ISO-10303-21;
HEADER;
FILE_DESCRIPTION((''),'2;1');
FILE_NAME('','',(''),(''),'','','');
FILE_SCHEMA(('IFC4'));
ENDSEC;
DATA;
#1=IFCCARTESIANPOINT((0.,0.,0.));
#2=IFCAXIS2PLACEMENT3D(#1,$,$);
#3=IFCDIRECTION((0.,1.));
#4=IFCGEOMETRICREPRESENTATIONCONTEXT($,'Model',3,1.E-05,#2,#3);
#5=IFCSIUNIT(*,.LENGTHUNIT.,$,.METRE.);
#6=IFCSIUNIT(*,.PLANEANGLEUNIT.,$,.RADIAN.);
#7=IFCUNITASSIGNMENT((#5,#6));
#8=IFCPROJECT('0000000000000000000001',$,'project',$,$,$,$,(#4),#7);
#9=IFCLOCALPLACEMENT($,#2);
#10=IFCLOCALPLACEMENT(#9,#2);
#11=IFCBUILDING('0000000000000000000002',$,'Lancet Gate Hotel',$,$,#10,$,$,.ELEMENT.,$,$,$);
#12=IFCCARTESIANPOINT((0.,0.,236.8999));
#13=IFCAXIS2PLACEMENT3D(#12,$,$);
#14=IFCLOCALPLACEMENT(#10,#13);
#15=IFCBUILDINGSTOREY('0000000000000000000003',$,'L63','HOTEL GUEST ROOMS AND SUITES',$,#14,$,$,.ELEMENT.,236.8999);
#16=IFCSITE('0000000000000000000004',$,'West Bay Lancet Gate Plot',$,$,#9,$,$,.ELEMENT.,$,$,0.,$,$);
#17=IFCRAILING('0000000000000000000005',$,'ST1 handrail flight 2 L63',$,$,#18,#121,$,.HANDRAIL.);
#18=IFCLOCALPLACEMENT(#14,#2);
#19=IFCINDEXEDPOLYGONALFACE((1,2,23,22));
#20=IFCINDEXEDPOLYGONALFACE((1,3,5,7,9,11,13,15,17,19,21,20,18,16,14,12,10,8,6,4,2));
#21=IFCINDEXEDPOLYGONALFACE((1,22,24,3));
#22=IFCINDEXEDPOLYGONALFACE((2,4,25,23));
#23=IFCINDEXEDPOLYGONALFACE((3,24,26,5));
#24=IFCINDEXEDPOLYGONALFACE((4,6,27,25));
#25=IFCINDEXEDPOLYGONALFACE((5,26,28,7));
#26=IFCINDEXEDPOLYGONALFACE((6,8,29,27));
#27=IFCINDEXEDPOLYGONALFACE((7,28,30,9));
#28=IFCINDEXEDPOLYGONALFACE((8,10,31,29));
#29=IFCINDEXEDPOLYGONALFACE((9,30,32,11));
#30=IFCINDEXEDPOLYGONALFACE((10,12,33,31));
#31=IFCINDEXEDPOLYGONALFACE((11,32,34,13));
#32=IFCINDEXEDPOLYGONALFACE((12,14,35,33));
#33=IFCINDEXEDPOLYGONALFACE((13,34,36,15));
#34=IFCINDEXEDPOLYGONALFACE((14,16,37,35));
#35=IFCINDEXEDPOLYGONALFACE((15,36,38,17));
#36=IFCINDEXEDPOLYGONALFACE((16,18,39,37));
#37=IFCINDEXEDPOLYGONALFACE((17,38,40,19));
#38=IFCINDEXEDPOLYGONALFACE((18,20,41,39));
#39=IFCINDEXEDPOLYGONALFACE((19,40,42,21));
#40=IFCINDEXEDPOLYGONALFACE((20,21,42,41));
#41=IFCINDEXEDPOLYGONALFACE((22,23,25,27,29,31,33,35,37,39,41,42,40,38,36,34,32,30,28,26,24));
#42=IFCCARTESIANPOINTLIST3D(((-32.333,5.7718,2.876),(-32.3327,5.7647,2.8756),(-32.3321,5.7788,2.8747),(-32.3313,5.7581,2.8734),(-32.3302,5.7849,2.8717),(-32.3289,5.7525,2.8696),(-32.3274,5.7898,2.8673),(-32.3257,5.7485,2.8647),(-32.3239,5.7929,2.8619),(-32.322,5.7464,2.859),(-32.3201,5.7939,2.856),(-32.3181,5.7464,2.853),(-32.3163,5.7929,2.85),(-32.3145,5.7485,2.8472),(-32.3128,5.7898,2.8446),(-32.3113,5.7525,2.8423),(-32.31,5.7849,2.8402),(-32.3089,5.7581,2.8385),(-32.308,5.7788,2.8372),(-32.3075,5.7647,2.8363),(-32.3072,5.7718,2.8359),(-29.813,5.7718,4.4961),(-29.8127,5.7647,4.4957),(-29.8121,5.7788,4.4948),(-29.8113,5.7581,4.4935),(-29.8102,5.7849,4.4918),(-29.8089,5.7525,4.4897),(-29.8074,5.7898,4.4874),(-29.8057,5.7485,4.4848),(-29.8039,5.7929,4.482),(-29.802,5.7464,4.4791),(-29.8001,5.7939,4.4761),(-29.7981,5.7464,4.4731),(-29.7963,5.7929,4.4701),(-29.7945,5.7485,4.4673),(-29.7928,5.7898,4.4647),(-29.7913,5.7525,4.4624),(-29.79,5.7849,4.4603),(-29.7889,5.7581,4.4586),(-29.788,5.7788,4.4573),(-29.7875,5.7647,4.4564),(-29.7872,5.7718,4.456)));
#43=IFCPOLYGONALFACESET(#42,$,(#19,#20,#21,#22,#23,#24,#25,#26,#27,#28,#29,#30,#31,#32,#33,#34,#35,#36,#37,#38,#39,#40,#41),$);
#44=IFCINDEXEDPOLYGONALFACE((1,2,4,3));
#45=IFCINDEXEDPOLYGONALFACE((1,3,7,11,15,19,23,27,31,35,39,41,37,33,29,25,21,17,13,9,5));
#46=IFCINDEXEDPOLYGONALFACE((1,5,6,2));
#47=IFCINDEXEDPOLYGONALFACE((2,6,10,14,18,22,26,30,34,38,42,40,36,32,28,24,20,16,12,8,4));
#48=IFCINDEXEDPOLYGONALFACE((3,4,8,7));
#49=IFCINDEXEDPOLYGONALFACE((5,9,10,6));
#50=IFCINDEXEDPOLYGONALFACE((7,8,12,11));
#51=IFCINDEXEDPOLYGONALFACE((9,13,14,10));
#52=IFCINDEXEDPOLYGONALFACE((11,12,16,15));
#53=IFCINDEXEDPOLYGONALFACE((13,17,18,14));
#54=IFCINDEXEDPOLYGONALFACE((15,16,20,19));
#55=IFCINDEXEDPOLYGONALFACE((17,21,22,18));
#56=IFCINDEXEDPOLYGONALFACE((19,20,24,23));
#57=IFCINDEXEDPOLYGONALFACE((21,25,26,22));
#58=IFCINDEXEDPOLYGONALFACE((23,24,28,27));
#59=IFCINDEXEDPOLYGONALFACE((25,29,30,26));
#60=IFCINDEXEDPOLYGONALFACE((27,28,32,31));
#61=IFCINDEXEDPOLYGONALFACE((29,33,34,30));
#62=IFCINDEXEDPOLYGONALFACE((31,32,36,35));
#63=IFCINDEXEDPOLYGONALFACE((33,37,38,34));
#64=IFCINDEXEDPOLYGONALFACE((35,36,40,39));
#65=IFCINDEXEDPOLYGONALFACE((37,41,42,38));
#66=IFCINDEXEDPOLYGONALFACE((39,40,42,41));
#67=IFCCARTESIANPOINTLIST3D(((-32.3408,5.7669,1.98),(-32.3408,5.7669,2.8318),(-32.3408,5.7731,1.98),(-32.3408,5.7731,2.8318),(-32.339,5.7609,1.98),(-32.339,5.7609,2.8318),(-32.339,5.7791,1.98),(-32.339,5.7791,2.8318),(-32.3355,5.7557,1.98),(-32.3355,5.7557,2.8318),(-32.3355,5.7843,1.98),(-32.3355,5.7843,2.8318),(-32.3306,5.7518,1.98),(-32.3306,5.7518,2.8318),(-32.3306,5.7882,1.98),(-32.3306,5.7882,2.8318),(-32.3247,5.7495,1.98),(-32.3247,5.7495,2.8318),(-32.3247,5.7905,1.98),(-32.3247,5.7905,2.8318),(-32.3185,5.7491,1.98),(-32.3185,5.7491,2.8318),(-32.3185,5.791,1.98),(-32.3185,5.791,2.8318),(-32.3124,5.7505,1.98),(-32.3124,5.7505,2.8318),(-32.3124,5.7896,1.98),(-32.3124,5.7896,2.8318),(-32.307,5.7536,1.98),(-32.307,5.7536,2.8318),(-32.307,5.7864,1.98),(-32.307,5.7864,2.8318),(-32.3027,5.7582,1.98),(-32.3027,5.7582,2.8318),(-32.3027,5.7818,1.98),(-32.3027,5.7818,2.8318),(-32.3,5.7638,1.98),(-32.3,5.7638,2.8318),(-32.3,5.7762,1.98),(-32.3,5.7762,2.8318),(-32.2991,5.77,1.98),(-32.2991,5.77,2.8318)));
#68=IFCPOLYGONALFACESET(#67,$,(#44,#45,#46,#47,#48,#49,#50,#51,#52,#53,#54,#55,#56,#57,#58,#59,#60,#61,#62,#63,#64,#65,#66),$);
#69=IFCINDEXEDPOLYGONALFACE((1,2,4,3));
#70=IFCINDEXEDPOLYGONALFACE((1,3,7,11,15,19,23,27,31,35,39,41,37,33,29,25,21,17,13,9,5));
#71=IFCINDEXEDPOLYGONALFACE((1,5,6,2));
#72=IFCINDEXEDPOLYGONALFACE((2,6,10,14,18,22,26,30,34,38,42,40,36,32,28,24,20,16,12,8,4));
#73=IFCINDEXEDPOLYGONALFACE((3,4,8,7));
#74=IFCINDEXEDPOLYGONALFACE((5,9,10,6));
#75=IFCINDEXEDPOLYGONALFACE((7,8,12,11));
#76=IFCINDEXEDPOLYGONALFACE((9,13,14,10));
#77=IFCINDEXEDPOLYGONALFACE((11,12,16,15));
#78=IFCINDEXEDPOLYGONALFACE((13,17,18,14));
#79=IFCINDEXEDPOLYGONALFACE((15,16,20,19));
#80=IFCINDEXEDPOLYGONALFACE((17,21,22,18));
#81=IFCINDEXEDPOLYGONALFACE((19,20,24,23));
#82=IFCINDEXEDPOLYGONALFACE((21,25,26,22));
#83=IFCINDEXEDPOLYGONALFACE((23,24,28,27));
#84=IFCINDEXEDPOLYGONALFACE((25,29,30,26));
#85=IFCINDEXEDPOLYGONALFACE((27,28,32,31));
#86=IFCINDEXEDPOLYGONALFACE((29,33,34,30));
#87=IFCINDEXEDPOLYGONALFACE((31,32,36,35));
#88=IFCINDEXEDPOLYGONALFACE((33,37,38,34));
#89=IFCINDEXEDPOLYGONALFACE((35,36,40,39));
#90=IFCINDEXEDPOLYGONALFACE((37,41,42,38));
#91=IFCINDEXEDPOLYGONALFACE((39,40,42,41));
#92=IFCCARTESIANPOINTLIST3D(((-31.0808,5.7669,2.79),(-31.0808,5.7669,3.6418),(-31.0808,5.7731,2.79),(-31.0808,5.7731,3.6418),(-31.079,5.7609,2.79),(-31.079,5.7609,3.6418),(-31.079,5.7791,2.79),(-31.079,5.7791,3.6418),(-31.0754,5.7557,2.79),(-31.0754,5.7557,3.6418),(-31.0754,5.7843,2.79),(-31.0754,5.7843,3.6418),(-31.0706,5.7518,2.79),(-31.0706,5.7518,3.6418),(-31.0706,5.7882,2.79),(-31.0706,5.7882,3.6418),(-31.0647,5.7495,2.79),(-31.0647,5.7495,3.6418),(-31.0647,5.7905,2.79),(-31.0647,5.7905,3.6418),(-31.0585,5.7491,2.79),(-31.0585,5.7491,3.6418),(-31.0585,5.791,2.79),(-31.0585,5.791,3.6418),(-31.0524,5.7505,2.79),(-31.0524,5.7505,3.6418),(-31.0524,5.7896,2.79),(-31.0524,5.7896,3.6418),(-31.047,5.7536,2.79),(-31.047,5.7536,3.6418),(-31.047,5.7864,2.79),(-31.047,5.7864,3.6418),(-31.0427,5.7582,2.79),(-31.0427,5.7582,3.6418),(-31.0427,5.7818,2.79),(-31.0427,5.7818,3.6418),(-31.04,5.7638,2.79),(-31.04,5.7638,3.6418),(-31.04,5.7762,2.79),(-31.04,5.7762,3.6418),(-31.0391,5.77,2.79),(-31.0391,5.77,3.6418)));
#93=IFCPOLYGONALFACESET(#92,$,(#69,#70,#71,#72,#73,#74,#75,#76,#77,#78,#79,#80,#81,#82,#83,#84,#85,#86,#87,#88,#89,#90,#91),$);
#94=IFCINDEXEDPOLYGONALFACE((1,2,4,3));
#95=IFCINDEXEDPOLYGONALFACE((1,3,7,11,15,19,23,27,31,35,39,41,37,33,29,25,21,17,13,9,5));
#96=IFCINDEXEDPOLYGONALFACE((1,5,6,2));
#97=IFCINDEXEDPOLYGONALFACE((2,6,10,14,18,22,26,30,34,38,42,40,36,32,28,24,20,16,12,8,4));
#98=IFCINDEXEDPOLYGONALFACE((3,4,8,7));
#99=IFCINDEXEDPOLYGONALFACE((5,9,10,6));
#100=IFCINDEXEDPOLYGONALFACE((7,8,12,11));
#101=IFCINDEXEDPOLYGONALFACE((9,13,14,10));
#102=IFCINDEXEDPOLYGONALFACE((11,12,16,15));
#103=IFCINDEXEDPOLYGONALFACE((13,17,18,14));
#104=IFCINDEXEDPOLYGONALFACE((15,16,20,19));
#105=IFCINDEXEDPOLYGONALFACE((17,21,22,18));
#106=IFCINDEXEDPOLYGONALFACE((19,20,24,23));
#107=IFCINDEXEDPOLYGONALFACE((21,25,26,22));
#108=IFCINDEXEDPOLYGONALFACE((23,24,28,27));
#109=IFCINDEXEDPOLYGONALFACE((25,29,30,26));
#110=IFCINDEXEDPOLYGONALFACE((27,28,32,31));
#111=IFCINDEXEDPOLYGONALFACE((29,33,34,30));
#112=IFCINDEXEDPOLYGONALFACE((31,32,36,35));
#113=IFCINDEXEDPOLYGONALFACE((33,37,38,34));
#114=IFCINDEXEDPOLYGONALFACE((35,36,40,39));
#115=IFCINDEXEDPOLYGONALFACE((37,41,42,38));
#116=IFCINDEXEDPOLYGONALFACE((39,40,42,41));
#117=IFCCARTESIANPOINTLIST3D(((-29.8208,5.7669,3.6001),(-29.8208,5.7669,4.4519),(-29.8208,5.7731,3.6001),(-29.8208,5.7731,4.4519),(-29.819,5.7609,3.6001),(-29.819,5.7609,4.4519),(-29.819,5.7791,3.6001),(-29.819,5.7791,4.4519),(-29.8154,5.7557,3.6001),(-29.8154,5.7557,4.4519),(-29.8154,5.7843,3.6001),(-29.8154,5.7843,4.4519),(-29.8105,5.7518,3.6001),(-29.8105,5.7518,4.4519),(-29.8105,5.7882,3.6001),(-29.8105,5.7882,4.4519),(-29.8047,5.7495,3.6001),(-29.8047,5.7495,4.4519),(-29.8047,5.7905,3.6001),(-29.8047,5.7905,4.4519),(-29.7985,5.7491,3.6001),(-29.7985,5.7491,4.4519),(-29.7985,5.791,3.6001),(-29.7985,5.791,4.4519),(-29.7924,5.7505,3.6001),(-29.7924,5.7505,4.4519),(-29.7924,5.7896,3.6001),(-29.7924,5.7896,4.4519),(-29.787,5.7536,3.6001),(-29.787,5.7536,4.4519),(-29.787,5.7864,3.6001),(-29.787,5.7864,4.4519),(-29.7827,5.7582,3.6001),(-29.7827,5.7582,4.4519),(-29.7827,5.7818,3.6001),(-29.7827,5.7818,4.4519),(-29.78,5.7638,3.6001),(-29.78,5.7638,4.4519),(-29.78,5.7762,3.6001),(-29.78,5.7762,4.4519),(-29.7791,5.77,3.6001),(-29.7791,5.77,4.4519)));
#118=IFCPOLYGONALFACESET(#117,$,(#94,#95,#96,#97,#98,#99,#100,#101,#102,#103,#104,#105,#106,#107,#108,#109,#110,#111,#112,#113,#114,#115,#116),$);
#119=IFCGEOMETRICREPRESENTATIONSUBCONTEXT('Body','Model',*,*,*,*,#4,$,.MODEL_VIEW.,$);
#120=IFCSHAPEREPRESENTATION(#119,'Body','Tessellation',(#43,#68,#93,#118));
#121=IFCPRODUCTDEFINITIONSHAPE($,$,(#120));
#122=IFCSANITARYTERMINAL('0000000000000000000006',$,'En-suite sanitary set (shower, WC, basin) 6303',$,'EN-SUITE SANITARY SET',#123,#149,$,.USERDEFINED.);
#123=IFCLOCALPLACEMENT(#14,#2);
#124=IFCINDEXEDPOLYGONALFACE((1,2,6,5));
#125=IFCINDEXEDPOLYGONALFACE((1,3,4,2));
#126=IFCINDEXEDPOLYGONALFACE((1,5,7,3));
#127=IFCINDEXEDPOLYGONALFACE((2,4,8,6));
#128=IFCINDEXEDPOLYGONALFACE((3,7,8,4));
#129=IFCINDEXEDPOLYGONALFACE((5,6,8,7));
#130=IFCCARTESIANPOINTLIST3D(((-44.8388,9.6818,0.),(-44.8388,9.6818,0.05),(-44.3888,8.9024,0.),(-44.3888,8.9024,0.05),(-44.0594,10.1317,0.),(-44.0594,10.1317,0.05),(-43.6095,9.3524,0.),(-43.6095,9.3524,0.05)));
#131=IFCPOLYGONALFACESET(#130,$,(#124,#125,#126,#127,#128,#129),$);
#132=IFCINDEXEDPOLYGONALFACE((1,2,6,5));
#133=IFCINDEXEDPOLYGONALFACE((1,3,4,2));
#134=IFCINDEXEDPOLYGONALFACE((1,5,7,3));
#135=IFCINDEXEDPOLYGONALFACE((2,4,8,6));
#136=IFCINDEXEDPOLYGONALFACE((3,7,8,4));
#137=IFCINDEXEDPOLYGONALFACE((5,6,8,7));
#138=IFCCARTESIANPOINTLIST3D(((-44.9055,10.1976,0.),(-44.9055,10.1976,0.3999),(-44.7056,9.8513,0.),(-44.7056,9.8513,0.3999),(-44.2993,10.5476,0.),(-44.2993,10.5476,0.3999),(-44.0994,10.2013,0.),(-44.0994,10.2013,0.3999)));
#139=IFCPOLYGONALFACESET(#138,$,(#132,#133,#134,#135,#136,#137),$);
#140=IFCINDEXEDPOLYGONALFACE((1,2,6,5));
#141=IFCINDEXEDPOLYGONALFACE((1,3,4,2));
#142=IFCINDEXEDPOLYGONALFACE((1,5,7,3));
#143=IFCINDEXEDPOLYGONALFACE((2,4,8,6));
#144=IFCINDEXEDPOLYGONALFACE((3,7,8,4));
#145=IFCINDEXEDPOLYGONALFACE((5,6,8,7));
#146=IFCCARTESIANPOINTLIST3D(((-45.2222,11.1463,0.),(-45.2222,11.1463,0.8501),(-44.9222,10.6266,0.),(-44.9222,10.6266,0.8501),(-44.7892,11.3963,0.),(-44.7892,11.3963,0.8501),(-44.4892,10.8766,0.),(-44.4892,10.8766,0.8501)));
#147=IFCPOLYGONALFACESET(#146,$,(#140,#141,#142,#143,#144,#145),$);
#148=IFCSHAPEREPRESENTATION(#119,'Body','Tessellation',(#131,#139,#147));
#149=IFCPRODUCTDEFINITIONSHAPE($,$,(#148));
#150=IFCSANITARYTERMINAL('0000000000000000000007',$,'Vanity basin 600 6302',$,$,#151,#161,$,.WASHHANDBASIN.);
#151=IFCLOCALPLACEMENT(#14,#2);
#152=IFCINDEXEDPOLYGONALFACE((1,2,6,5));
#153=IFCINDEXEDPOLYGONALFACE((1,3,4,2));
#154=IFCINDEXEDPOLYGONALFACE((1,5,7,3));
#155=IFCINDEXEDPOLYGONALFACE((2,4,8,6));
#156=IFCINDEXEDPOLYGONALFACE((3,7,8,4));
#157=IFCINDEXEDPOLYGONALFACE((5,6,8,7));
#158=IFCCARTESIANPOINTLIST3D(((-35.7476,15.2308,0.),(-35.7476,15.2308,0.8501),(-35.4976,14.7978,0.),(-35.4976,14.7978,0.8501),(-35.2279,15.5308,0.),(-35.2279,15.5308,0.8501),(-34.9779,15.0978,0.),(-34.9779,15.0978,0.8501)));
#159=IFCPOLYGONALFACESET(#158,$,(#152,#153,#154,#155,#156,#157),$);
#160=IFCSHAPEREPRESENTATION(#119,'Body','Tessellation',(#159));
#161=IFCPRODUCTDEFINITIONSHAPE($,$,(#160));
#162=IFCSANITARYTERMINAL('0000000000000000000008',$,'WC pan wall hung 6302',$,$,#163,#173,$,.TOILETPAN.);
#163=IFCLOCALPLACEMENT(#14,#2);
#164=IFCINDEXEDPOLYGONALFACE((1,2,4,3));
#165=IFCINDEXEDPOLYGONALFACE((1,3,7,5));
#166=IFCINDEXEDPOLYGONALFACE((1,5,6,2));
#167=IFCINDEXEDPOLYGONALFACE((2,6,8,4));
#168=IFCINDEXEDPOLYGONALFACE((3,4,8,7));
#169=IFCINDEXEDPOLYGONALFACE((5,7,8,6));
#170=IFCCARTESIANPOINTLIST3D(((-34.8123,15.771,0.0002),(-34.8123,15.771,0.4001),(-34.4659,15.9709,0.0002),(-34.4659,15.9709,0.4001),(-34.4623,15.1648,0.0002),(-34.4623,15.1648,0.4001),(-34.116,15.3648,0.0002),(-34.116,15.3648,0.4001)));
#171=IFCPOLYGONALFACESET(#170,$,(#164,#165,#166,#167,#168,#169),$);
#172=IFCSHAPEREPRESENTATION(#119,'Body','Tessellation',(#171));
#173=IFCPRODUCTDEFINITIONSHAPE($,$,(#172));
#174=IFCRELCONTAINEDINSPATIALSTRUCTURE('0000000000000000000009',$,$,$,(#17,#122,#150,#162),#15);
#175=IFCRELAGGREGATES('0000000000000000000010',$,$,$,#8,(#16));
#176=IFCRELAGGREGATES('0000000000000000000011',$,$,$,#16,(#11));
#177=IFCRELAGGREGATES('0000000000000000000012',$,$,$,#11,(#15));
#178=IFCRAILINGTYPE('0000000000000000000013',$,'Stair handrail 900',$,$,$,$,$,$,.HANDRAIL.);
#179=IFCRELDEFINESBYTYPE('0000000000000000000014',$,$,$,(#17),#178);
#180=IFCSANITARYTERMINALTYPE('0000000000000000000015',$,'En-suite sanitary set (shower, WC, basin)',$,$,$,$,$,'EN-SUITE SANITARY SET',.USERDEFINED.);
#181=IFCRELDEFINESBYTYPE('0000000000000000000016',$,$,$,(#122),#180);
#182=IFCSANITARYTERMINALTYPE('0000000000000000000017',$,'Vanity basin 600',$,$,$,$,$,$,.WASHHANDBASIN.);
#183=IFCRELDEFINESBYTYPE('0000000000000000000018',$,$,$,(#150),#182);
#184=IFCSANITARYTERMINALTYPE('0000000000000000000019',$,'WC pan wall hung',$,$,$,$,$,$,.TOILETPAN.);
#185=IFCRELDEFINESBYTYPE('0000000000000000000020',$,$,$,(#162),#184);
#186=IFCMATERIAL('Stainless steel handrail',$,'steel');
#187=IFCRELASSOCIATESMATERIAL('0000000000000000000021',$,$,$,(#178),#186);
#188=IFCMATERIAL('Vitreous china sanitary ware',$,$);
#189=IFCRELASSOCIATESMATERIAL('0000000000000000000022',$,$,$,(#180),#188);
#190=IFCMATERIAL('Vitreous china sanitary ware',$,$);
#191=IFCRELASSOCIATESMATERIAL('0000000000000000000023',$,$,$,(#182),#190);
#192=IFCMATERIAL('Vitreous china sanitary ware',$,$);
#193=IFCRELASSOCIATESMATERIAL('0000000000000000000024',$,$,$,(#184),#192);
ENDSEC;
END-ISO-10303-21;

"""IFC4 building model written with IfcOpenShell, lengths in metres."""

from ifc_helpers import new_model, si_unit, direction, frame, origin, origin_2d, place, context, subcontext, project, spatial, rectangle, circle, extrude, material, type_object, element, save


model = new_model("IFC4")

# Units and contexts
model_context = context("Model", 3, precision=1e-05, world=origin(), true_north=direction((0.0, 1.0)))
body_context = subcontext(model_context, "Body", "Model", "MODEL_VIEW")
ifc_project = project(units=[si_unit("LENGTHUNIT", "METRE"), si_unit("PLANEANGLEUNIT", "RADIAN")], contexts=[model_context])

# Site, building, storey
site_placement = place(None, origin())
site = spatial("IfcSite", under=ifc_project, at=site_placement, Name="West Bay Lancet Gate Plot", CompositionType="ELEMENT", RefElevation=0.0)
building_placement = place(site_placement, origin())
building = spatial("IfcBuilding", under=site, at=building_placement, Name="Lancet Gate Hotel", CompositionType="ELEMENT")
storey_placement = place(building_placement, frame((0.0, 0.0, 236.8999)))
storey = spatial("IfcBuildingStorey", under=building, at=storey_placement, Name="L63", Description="HOTEL GUEST ROOMS AND SUITES", CompositionType="ELEMENT", Elevation=236.8999)

# Railing
ifc_material_1 = material(Name="Stainless steel handrail", Category="steel")
railing_type = type_object("IfcRailingType", Name="Stair handrail 900", PredefinedType="HANDRAIL", material=ifc_material_1)
railing_1_placement = place(storey_placement, frame((-32.3201, 5.77, 1.98)))
element("IfcRailing", 1, at=railing_1_placement, inside=storey, type_object=railing_type, Name="ST1 handrail flight 2 L63", PredefinedType="HANDRAIL", context=body_context, shape_type="SweptSolid", body=[
    extrude(circle(Radius=0.0239, at=origin_2d()), frame((0.0, 0.0, 0.876), z_axis=(0.841163, 0.0, 0.540782), x_axis=(0.0, 1.0, 0.0)), (0.0, 0.0, 1.0), 2.9958),
    extrude(circle(Radius=0.021, at=origin_2d()), origin(), (0.0, 0.0, 1.0), 0.8518),
    extrude(circle(Radius=0.021, at=origin_2d()), frame((1.26, 0.0, 0.8101)), (0.0, 0.0, 1.0), 0.8518),
    extrude(circle(Radius=0.021, at=origin_2d()), frame((2.52, 0.0, 1.6201)), (0.0, 0.0, 1.0), 0.8518),
])

# Sanitary terminals
ifc_material_2 = material(Name="Vitreous china sanitary ware")
sanitary_terminal_type_1 = type_object("IfcSanitaryTerminalType", Name="En-suite sanitary set (shower, WC, basin)", ElementType="EN-SUITE SANITARY SET", PredefinedType="USERDEFINED", material=ifc_material_2)
sanitary_terminal_1_placement = place(storey_placement, frame((-44.2241, 9.5171, 0.0), z_axis=(0.0, 0.0, 1.0), x_axis=(1.0, 0.0, 0.0)))
element("IfcSanitaryTerminal", 2, at=sanitary_terminal_1_placement, inside=storey, type_object=sanitary_terminal_type_1, Name="En-suite sanitary set (shower, WC, basin) 6303", ObjectType="EN-SUITE SANITARY SET", PredefinedType="USERDEFINED", context=body_context, shape_type="SweptSolid", body=[
    extrude(rectangle(XDim=0.8999, YDim=0.8999, at=origin_2d()), frame((0.0, 0.0, 0.0), z_axis=(0.0, 0.0, 1.0), x_axis=(0.5, -0.866025, 0.0)), (0.0, 0.0, 1.0), 0.05),
    extrude(rectangle(XDim=0.3999, YDim=0.7, at=origin_2d()), frame((-0.2783, 0.6824, 0.0), z_axis=(0.0, 0.0, 1.0), x_axis=(0.5, -0.866025, 0.0)), (0.0, 0.0, 1.0), 0.3999),
    extrude(rectangle(XDim=0.6001, YDim=0.5, at=origin_2d()), frame((-0.6316, 1.4944, 0.0), z_axis=(0.0, 0.0, 1.0), x_axis=(0.5, -0.866025, 0.0)), (0.0, 0.0, 1.0), 0.8501),
])
ifc_material_3 = material(Name="Vitreous china sanitary ware")
sanitary_terminal_type_2 = type_object("IfcSanitaryTerminalType", Name="Vanity basin 600", PredefinedType="WASHHANDBASIN", material=ifc_material_3)
sanitary_terminal_2_placement = place(storey_placement, frame((-35.3628, 15.1643, 0.0), z_axis=(0.0, 0.0, 1.0), x_axis=(0.866025, 0.5, 0.0)))
element("IfcSanitaryTerminal", 3, at=sanitary_terminal_2_placement, inside=storey, type_object=sanitary_terminal_type_2, Name="Vanity basin 600 6302", PredefinedType="WASHHANDBASIN", context=body_context, shape_type="SweptSolid", body=[
    extrude(rectangle(XDim=0.6001, YDim=0.5, at=origin_2d()), origin(), (0.0, 0.0, 1.0), 0.8501),
])
ifc_material_4 = material(Name="Vitreous china sanitary ware")
sanitary_terminal_type_3 = type_object("IfcSanitaryTerminalType", Name="WC pan wall hung", PredefinedType="TOILETPAN", material=ifc_material_4)
sanitary_terminal_3_placement = place(storey_placement, frame((-34.4641, 15.5679, 0.0002), z_axis=(0.0, 0.0, 1.0), x_axis=(0.866025, 0.5, 0.0)))
element("IfcSanitaryTerminal", 4, at=sanitary_terminal_3_placement, inside=storey, type_object=sanitary_terminal_type_3, Name="WC pan wall hung 6302", PredefinedType="TOILETPAN", context=body_context, shape_type="SweptSolid", body=[
    extrude(rectangle(XDim=0.3999, YDim=0.7, at=origin_2d()), origin(), (0.0, 0.0, 1.0), 0.3999),
])

save(model, "model.ifc")
